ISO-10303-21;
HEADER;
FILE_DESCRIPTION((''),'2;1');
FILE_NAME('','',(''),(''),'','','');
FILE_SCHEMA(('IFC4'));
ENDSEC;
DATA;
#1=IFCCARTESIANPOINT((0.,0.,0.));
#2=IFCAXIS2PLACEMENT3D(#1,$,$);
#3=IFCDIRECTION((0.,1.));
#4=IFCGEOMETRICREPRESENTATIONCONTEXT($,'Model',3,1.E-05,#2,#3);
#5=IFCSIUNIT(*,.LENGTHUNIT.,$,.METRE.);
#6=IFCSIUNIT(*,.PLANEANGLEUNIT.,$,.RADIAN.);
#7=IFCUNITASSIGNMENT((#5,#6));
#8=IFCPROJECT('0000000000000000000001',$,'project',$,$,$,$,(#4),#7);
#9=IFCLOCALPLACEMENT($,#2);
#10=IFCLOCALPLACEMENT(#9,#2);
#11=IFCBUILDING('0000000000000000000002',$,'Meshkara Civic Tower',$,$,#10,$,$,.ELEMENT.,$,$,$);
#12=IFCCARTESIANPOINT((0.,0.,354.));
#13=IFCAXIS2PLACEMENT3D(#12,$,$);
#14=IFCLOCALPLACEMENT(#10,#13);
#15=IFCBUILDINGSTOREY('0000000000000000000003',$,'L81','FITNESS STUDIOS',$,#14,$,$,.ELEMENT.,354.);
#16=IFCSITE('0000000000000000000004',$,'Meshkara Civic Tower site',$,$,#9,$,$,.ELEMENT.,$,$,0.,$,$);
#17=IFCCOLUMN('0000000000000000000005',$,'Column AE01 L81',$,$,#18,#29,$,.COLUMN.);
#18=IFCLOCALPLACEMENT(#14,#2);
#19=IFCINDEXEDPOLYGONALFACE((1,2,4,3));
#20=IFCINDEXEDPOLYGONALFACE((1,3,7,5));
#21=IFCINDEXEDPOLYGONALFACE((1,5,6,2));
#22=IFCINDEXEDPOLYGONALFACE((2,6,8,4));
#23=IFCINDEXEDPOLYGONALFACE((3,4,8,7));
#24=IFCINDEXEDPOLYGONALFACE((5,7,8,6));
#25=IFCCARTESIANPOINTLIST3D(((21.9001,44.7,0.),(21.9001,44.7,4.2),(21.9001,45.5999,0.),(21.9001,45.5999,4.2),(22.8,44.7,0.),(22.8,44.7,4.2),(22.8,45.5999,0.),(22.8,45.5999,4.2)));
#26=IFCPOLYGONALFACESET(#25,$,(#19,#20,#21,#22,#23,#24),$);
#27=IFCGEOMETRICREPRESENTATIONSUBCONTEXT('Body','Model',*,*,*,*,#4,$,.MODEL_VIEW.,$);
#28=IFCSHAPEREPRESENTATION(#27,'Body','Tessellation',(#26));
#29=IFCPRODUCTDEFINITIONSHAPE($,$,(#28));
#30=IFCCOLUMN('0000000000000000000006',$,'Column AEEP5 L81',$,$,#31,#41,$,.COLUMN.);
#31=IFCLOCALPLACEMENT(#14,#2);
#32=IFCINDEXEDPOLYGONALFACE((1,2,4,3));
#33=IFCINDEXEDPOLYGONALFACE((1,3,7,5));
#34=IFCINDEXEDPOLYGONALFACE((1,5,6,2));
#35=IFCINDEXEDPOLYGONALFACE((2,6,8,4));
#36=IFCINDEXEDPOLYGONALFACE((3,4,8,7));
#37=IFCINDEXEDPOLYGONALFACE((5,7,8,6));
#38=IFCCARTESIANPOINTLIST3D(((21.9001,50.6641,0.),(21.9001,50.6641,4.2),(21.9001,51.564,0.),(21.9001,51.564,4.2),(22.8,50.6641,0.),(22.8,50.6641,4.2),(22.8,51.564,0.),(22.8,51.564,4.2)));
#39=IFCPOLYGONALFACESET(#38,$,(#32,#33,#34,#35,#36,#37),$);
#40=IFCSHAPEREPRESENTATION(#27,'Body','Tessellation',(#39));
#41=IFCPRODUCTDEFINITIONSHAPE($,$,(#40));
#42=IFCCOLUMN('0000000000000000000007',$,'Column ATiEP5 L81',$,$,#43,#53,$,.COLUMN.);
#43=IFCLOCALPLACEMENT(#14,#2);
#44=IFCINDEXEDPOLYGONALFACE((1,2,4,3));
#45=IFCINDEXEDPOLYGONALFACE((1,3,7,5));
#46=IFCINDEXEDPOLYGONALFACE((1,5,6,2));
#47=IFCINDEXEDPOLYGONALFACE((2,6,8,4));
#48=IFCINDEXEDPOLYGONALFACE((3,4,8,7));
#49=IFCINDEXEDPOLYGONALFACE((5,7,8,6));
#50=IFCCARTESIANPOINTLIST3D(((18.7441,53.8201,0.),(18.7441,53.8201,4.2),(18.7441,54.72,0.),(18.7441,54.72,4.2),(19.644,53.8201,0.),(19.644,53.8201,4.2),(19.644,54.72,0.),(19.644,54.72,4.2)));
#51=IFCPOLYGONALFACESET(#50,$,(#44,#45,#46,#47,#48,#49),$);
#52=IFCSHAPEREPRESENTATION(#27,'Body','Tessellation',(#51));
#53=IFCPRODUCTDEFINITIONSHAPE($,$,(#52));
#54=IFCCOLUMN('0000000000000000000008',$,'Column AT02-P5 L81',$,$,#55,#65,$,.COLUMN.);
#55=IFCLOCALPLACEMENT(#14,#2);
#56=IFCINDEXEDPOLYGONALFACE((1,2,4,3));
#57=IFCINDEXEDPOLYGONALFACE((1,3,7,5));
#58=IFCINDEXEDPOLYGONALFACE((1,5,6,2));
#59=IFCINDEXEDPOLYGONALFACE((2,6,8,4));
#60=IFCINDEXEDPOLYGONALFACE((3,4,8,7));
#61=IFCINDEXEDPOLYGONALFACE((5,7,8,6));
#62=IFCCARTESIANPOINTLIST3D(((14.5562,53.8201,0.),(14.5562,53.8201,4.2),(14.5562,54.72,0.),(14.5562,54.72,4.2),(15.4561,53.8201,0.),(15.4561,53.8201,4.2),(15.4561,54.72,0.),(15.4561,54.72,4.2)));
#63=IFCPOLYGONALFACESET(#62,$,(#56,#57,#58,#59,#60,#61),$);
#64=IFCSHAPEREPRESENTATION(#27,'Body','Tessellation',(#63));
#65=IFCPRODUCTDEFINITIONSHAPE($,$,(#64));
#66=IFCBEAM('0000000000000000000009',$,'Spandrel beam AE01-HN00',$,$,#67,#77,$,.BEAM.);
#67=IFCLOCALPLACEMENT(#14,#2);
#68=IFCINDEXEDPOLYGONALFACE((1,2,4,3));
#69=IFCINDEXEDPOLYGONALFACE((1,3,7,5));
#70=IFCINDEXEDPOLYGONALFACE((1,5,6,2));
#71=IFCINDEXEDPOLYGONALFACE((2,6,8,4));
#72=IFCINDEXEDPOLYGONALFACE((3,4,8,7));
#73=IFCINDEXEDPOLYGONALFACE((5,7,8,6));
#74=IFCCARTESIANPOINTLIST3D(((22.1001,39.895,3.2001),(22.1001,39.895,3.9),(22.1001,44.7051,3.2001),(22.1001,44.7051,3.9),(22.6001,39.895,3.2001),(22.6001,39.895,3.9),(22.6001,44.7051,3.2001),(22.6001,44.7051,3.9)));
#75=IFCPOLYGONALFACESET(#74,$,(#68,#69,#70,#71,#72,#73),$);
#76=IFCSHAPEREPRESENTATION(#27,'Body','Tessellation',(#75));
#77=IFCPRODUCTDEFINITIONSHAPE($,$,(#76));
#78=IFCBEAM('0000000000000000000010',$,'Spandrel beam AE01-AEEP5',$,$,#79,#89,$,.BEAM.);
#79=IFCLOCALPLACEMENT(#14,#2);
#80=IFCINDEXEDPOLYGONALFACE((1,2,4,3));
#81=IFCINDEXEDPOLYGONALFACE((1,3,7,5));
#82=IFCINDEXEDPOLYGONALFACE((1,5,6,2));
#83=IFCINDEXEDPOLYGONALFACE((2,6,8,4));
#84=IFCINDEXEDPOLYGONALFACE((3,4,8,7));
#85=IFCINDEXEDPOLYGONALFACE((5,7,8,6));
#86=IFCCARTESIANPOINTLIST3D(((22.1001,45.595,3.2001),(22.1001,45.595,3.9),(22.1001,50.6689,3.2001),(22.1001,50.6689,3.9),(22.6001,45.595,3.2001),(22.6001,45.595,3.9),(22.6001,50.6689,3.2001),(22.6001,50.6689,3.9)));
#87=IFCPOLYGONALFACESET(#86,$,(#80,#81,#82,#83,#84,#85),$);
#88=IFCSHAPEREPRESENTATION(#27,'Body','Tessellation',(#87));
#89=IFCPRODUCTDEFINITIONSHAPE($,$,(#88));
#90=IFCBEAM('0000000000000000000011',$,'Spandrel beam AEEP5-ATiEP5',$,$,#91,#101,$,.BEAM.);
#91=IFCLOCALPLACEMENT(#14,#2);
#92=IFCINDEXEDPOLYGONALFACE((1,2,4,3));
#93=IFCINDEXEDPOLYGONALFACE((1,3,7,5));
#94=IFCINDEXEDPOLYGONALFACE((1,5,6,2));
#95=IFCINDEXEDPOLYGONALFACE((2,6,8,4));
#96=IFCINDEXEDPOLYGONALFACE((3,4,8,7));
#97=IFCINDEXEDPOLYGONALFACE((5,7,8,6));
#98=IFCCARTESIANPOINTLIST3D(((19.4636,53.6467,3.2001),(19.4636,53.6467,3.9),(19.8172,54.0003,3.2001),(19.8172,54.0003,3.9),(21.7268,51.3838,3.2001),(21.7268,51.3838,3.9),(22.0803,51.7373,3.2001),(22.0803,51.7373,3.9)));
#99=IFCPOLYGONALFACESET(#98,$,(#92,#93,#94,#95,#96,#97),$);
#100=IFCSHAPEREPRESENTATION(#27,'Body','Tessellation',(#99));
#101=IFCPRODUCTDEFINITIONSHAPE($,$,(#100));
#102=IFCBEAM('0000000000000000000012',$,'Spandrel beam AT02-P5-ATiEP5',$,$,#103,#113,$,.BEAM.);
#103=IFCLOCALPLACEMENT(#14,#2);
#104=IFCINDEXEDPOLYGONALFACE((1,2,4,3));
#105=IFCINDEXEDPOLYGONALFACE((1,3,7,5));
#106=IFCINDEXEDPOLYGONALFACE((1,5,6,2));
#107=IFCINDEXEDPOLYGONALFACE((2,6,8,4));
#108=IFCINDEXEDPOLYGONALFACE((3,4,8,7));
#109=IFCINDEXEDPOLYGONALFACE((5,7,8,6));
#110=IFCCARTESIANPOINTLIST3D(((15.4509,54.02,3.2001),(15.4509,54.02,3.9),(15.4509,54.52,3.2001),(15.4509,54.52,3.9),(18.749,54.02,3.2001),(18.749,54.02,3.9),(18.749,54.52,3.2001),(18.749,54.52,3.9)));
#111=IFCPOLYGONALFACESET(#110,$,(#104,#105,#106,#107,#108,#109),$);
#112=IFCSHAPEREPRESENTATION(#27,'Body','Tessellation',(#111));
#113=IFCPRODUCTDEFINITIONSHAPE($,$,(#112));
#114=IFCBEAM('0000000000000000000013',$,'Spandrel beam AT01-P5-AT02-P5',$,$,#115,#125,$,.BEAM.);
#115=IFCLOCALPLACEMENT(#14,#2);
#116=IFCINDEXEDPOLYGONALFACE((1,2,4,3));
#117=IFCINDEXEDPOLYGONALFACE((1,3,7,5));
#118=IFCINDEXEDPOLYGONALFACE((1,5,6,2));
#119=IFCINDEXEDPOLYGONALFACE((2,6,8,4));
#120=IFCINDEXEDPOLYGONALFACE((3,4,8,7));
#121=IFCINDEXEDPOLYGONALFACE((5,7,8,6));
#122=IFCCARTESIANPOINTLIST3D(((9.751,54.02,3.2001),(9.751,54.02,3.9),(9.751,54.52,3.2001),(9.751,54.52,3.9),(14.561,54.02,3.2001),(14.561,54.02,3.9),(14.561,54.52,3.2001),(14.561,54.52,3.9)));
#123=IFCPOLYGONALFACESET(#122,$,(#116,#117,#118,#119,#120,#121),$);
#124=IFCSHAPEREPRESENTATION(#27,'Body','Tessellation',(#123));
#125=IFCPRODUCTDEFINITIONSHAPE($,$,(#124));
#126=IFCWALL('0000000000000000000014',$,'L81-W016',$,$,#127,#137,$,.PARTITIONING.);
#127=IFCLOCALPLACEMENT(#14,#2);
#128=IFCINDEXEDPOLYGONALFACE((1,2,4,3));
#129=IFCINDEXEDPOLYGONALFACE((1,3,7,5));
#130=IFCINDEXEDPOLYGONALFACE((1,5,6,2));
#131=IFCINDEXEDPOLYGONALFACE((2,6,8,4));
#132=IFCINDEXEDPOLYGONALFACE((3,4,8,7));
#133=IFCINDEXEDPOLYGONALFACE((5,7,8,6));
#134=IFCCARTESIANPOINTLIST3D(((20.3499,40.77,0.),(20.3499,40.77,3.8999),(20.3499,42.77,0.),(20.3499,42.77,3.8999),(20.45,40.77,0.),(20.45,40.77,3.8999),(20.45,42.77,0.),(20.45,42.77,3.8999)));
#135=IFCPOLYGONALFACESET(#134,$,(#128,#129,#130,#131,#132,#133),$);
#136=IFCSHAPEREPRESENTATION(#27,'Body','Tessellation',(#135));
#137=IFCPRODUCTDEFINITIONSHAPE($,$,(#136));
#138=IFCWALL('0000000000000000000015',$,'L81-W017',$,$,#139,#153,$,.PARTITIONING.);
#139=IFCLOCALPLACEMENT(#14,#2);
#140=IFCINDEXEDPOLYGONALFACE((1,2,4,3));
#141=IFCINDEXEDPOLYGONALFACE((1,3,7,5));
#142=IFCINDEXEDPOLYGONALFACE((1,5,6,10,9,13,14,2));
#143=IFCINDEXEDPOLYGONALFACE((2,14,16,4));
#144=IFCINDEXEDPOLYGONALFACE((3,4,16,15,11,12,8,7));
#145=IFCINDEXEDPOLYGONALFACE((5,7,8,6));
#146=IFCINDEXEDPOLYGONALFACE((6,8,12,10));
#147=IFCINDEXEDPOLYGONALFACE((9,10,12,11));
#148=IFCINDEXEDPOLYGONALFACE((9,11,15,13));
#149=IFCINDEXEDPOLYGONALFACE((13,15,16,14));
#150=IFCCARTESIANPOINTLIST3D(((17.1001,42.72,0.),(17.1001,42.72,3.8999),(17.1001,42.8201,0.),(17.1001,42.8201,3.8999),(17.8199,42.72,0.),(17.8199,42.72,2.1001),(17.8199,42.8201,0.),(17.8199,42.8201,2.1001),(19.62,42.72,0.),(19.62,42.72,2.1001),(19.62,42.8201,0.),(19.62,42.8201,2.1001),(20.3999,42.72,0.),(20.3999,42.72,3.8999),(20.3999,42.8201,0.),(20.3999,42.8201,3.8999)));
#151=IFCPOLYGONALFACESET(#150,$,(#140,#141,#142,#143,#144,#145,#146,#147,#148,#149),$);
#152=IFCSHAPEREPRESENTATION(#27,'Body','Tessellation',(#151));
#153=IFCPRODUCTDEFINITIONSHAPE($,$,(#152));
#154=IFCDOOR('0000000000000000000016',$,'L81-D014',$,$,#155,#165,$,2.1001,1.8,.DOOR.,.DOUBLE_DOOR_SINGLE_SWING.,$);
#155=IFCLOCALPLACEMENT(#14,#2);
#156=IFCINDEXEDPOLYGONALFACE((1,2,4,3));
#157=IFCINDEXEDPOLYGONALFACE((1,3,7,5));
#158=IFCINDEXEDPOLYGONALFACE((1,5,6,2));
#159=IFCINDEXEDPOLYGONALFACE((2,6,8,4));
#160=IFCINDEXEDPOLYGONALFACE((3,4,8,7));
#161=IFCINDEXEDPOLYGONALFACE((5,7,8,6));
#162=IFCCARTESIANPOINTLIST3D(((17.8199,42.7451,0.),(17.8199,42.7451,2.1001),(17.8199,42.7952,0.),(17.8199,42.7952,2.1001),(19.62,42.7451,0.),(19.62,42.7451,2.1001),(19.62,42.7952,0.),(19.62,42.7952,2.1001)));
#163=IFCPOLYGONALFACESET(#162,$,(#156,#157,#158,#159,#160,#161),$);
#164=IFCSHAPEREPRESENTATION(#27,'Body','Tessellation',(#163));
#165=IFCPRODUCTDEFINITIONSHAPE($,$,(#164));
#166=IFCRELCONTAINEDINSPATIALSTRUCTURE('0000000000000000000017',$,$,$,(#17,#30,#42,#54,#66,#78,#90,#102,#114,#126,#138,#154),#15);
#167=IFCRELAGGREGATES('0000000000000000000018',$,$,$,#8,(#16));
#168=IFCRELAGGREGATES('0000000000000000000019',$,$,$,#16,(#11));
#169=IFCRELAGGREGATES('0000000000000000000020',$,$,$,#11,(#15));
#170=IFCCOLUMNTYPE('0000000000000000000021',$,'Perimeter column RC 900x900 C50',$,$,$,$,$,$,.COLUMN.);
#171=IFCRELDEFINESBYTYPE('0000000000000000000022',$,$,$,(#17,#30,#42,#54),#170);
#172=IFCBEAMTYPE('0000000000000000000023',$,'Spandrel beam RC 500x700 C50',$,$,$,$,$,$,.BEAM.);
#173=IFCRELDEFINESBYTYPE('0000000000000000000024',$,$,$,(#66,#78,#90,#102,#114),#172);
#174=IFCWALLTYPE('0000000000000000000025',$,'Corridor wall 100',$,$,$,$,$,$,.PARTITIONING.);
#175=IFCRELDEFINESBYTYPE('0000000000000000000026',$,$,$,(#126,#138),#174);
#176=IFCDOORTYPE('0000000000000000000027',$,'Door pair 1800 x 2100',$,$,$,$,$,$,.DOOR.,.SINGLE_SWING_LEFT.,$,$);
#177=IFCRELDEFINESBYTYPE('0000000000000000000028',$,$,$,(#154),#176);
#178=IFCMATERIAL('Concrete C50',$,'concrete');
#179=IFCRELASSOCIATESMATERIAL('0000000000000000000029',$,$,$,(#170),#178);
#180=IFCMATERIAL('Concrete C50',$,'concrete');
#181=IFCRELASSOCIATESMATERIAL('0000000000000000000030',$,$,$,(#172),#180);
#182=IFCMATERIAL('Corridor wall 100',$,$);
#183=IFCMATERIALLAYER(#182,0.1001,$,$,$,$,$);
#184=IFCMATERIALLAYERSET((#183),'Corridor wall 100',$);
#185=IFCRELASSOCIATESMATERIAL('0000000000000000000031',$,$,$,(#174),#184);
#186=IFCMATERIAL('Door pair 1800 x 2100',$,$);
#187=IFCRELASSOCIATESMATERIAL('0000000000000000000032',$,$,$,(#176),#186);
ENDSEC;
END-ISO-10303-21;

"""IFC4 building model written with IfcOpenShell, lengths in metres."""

from ifc_helpers import new_model, si_unit, direction, frame, frame_2d, origin, origin_2d, place, context, subcontext, project, spatial, rectangle, extrude, material, layer, layer_set, material_profile, profile_set, type_object, element, fill, save


model = new_model("IFC4")

# Units and contexts
model_context = context("Model", 3, precision=1e-05, world=origin(), true_north=direction((0.0, 1.0)))
body_context = subcontext(model_context, "Body", "Model", "MODEL_VIEW")
ifc_project = project(units=[si_unit("LENGTHUNIT", "METRE"), si_unit("PLANEANGLEUNIT", "RADIAN")], contexts=[model_context])

# Site, building, storey
site_placement = place(None, origin())
site = spatial("IfcSite", under=ifc_project, at=site_placement, Name="Meshkara Civic Tower site", CompositionType="ELEMENT", RefElevation=0.0)
building_placement = place(site_placement, origin())
building = spatial("IfcBuilding", under=site, at=building_placement, Name="Meshkara Civic Tower", CompositionType="ELEMENT")
storey_placement = place(building_placement, frame((0.0, 0.0, 354.0)))
storey = spatial("IfcBuildingStorey", under=building, at=storey_placement, Name="L81", Description="FITNESS STUDIOS", CompositionType="ELEMENT", Elevation=354.0)

# Columns
ifc_material_1 = material(Name="Concrete C50", Category="concrete")
ifc_material_profile_1 = material_profile(ifc_material_1, rectangle(XDim=0.8999, YDim=0.8999, at=origin_2d()))
ifc_profile_set_1 = profile_set([ifc_material_profile_1], Name="Concrete C50")
column_type = type_object("IfcColumnType", Name="Perimeter column RC 900x900 C50", PredefinedType="COLUMN", material=ifc_profile_set_1)
for number, where, z_axis, x_axis, name in (
    (1, (22.3501, 45.1499, 0.0), (0.0, 0.0, 1.0), (1.0, 0.0, 0.0), "Column AE01 L81"),
    (2, (22.3501, 51.114, 0.0), (0.0, 0.0, 1.0), (1.0, 0.0, 0.0), "Column AEEP5 L81"),
    (3, (19.1941, 54.27, 0.0), (0.0, 0.0, 1.0), (1.0, 0.0, 0.0), "Column ATiEP5 L81"),
    (4, (15.0061, 54.27, 0.0), (0.0, 0.0, 1.0), (1.0, 0.0, 0.0), "Column AT02-P5 L81"),
):
    element("IfcColumn", number, at=place(storey_placement, frame(where, z_axis=z_axis, x_axis=x_axis)), inside=storey, type_object=column_type, Name=name, PredefinedType="COLUMN", context=body_context, shape_type="SweptSolid", body=[
        extrude(rectangle(XDim=0.8999, YDim=0.8999, at=origin_2d()), origin(), (0.0, 0.0, 1.0), 4.2),
    ])

# Beams
ifc_material_2 = material(Name="Concrete C50", Category="concrete")
ifc_material_profile_2 = material_profile(ifc_material_2, rectangle(XDim=0.5, YDim=0.7, at=origin_2d()))
ifc_profile_set_2 = profile_set([ifc_material_profile_2], Name="Concrete C50")
beam_type = type_object("IfcBeamType", Name="Spandrel beam RC 500x700 C50", PredefinedType="BEAM", material=ifc_profile_set_2)
beam_1_placement = place(storey_placement, frame((22.3501, 39.895, 3.55), z_axis=(0.0, 1.0, 0.0), x_axis=(-1.0, 0.0, 0.0)))
element("IfcBeam", 5, at=beam_1_placement, inside=storey, type_object=beam_type, Name="Spandrel beam AE01-HN00", PredefinedType="BEAM", context=body_context, shape_type="SweptSolid", body=[
    extrude(rectangle(XDim=0.5, YDim=0.7, at=origin_2d()), origin(), (0.0, 0.0, 1.0), 4.8101),
])
beam_2_placement = place(storey_placement, frame((22.3501, 45.595, 3.55), z_axis=(0.0, 1.0, 0.0), x_axis=(-1.0, 0.0, 0.0)))
element("IfcBeam", 6, at=beam_2_placement, inside=storey, type_object=beam_type, Name="Spandrel beam AE01-AEEP5", PredefinedType="BEAM", context=body_context, shape_type="SweptSolid", body=[
    extrude(rectangle(XDim=0.5, YDim=0.7, at=origin_2d()), origin(), (0.0, 0.0, 1.0), 5.074),
])
beam_3_placement = place(storey_placement, frame((21.9036, 51.5605, 3.55), z_axis=(-0.707145, 0.707069, 0.0), x_axis=(-0.707069, -0.707145, 0.0)))
element("IfcBeam", 7, at=beam_3_placement, inside=storey, type_object=beam_type, Name="Spandrel beam AEEP5-ATiEP5", PredefinedType="BEAM", context=body_context, shape_type="SweptSolid", body=[
    extrude(rectangle(XDim=0.5, YDim=0.7, at=origin_2d()), origin(), (0.0, 0.0, 1.0), 3.2004),
])
beam_4_placement = place(storey_placement, frame((18.749, 54.27, 3.55), z_axis=(-1.0, 0.0, 0.0), x_axis=(0.0, -1.0, 0.0)))
element("IfcBeam", 8, at=beam_4_placement, inside=storey, type_object=beam_type, Name="Spandrel beam AT02-P5-ATiEP5", PredefinedType="BEAM", context=body_context, shape_type="SweptSolid", body=[
    extrude(rectangle(XDim=0.5, YDim=0.7, at=origin_2d()), origin(), (0.0, 0.0, 1.0), 3.2981),
])
beam_5_placement = place(storey_placement, frame((14.561, 54.27, 3.55), z_axis=(-1.0, 0.0, 0.0), x_axis=(0.0, -1.0, 0.0)))
element("IfcBeam", 9, at=beam_5_placement, inside=storey, type_object=beam_type, Name="Spandrel beam AT01-P5-AT02-P5", PredefinedType="BEAM", context=body_context, shape_type="SweptSolid", body=[
    extrude(rectangle(XDim=0.5, YDim=0.7, at=origin_2d()), origin(), (0.0, 0.0, 1.0), 4.8101),
])

# Wall
ifc_material_3 = material(Name="Corridor wall 100")
ifc_layer_1 = layer(ifc_material_3, 0.1001)
ifc_layer_set_1 = layer_set([ifc_layer_1], Name="Corridor wall 100")
wall_type_1 = type_object("IfcWallType", Name="Corridor wall 100", PredefinedType="PARTITIONING", material=ifc_layer_set_1)
wall_1_placement = place(storey_placement, frame((20.3999, 40.77, 0.0), z_axis=(0.0, 0.0, 1.0), x_axis=(0.0, 1.0, 0.0)))
element("IfcWall", 10, at=wall_1_placement, inside=storey, type_object=wall_type_1, Name="L81-W016", PredefinedType="PARTITIONING", context=body_context, shape_type="SweptSolid", body=[
    extrude(rectangle(XDim=2.0, YDim=0.1001, at=frame_2d((1.0, 0.0))), origin(), (0.0, 0.0, 1.0), 3.8999),
])

# Wall, opening, door
wall_2_placement = place(storey_placement, frame((20.3999, 42.77, 0.0), z_axis=(0.0, 0.0, 1.0), x_axis=(-1.0, 0.0, 0.0)))
wall_2 = element("IfcWall", 11, at=wall_2_placement, inside=storey, type_object=wall_type_1, Name="L81-W017", PredefinedType="PARTITIONING", context=body_context, shape_type="SweptSolid", body=[
    extrude(rectangle(XDim=3.2998, YDim=0.1001, at=frame_2d((1.6499, 0.0))), origin(), (0.0, 0.0, 1.0), 3.8999),
])
opening_1_placement = place(wall_2_placement, frame((0.78, 0.0, 0.0)))
opening_1 = element("IfcOpeningElement", 12, at=opening_1_placement, cuts=wall_2, PredefinedType="OPENING", context=body_context, shape_type="SweptSolid", body=[
    extrude(rectangle(XDim=1.8, YDim=2.1001, at=frame_2d((0.8999, 1.05))), frame((0.0, 0.0601, 0.0), z_axis=(0.0, -1.0, 0.0), x_axis=(1.0, 0.0, 0.0)), (0.0, 0.0, 1.0), 0.1201),
])
ifc_material_4 = material(Name="Door pair 1800 x 2100")
door_type = type_object("IfcDoorType", Name="Door pair 1800 x 2100", OperationType="SINGLE_SWING_LEFT", PredefinedType="DOOR", material=ifc_material_4)
door_placement = place(opening_1_placement, origin())
door = element("IfcDoor", 13, at=door_placement, inside=storey, type_object=door_type, Name="L81-D014", OperationType="DOUBLE_DOOR_SINGLE_SWING", OverallHeight=2.1001, OverallWidth=1.8, PredefinedType="DOOR", context=body_context, shape_type="SweptSolid", body=[
    extrude(rectangle(XDim=1.8, YDim=2.1001, at=frame_2d((0.8999, 1.05))), frame((0.0, 0.0249, 0.0), z_axis=(0.0, -1.0, 0.0), x_axis=(1.0, 0.0, 0.0)), (0.0, 0.0, 1.0), 0.05),
])
fill(opening_1, door)

save(model, "model.ifc")
